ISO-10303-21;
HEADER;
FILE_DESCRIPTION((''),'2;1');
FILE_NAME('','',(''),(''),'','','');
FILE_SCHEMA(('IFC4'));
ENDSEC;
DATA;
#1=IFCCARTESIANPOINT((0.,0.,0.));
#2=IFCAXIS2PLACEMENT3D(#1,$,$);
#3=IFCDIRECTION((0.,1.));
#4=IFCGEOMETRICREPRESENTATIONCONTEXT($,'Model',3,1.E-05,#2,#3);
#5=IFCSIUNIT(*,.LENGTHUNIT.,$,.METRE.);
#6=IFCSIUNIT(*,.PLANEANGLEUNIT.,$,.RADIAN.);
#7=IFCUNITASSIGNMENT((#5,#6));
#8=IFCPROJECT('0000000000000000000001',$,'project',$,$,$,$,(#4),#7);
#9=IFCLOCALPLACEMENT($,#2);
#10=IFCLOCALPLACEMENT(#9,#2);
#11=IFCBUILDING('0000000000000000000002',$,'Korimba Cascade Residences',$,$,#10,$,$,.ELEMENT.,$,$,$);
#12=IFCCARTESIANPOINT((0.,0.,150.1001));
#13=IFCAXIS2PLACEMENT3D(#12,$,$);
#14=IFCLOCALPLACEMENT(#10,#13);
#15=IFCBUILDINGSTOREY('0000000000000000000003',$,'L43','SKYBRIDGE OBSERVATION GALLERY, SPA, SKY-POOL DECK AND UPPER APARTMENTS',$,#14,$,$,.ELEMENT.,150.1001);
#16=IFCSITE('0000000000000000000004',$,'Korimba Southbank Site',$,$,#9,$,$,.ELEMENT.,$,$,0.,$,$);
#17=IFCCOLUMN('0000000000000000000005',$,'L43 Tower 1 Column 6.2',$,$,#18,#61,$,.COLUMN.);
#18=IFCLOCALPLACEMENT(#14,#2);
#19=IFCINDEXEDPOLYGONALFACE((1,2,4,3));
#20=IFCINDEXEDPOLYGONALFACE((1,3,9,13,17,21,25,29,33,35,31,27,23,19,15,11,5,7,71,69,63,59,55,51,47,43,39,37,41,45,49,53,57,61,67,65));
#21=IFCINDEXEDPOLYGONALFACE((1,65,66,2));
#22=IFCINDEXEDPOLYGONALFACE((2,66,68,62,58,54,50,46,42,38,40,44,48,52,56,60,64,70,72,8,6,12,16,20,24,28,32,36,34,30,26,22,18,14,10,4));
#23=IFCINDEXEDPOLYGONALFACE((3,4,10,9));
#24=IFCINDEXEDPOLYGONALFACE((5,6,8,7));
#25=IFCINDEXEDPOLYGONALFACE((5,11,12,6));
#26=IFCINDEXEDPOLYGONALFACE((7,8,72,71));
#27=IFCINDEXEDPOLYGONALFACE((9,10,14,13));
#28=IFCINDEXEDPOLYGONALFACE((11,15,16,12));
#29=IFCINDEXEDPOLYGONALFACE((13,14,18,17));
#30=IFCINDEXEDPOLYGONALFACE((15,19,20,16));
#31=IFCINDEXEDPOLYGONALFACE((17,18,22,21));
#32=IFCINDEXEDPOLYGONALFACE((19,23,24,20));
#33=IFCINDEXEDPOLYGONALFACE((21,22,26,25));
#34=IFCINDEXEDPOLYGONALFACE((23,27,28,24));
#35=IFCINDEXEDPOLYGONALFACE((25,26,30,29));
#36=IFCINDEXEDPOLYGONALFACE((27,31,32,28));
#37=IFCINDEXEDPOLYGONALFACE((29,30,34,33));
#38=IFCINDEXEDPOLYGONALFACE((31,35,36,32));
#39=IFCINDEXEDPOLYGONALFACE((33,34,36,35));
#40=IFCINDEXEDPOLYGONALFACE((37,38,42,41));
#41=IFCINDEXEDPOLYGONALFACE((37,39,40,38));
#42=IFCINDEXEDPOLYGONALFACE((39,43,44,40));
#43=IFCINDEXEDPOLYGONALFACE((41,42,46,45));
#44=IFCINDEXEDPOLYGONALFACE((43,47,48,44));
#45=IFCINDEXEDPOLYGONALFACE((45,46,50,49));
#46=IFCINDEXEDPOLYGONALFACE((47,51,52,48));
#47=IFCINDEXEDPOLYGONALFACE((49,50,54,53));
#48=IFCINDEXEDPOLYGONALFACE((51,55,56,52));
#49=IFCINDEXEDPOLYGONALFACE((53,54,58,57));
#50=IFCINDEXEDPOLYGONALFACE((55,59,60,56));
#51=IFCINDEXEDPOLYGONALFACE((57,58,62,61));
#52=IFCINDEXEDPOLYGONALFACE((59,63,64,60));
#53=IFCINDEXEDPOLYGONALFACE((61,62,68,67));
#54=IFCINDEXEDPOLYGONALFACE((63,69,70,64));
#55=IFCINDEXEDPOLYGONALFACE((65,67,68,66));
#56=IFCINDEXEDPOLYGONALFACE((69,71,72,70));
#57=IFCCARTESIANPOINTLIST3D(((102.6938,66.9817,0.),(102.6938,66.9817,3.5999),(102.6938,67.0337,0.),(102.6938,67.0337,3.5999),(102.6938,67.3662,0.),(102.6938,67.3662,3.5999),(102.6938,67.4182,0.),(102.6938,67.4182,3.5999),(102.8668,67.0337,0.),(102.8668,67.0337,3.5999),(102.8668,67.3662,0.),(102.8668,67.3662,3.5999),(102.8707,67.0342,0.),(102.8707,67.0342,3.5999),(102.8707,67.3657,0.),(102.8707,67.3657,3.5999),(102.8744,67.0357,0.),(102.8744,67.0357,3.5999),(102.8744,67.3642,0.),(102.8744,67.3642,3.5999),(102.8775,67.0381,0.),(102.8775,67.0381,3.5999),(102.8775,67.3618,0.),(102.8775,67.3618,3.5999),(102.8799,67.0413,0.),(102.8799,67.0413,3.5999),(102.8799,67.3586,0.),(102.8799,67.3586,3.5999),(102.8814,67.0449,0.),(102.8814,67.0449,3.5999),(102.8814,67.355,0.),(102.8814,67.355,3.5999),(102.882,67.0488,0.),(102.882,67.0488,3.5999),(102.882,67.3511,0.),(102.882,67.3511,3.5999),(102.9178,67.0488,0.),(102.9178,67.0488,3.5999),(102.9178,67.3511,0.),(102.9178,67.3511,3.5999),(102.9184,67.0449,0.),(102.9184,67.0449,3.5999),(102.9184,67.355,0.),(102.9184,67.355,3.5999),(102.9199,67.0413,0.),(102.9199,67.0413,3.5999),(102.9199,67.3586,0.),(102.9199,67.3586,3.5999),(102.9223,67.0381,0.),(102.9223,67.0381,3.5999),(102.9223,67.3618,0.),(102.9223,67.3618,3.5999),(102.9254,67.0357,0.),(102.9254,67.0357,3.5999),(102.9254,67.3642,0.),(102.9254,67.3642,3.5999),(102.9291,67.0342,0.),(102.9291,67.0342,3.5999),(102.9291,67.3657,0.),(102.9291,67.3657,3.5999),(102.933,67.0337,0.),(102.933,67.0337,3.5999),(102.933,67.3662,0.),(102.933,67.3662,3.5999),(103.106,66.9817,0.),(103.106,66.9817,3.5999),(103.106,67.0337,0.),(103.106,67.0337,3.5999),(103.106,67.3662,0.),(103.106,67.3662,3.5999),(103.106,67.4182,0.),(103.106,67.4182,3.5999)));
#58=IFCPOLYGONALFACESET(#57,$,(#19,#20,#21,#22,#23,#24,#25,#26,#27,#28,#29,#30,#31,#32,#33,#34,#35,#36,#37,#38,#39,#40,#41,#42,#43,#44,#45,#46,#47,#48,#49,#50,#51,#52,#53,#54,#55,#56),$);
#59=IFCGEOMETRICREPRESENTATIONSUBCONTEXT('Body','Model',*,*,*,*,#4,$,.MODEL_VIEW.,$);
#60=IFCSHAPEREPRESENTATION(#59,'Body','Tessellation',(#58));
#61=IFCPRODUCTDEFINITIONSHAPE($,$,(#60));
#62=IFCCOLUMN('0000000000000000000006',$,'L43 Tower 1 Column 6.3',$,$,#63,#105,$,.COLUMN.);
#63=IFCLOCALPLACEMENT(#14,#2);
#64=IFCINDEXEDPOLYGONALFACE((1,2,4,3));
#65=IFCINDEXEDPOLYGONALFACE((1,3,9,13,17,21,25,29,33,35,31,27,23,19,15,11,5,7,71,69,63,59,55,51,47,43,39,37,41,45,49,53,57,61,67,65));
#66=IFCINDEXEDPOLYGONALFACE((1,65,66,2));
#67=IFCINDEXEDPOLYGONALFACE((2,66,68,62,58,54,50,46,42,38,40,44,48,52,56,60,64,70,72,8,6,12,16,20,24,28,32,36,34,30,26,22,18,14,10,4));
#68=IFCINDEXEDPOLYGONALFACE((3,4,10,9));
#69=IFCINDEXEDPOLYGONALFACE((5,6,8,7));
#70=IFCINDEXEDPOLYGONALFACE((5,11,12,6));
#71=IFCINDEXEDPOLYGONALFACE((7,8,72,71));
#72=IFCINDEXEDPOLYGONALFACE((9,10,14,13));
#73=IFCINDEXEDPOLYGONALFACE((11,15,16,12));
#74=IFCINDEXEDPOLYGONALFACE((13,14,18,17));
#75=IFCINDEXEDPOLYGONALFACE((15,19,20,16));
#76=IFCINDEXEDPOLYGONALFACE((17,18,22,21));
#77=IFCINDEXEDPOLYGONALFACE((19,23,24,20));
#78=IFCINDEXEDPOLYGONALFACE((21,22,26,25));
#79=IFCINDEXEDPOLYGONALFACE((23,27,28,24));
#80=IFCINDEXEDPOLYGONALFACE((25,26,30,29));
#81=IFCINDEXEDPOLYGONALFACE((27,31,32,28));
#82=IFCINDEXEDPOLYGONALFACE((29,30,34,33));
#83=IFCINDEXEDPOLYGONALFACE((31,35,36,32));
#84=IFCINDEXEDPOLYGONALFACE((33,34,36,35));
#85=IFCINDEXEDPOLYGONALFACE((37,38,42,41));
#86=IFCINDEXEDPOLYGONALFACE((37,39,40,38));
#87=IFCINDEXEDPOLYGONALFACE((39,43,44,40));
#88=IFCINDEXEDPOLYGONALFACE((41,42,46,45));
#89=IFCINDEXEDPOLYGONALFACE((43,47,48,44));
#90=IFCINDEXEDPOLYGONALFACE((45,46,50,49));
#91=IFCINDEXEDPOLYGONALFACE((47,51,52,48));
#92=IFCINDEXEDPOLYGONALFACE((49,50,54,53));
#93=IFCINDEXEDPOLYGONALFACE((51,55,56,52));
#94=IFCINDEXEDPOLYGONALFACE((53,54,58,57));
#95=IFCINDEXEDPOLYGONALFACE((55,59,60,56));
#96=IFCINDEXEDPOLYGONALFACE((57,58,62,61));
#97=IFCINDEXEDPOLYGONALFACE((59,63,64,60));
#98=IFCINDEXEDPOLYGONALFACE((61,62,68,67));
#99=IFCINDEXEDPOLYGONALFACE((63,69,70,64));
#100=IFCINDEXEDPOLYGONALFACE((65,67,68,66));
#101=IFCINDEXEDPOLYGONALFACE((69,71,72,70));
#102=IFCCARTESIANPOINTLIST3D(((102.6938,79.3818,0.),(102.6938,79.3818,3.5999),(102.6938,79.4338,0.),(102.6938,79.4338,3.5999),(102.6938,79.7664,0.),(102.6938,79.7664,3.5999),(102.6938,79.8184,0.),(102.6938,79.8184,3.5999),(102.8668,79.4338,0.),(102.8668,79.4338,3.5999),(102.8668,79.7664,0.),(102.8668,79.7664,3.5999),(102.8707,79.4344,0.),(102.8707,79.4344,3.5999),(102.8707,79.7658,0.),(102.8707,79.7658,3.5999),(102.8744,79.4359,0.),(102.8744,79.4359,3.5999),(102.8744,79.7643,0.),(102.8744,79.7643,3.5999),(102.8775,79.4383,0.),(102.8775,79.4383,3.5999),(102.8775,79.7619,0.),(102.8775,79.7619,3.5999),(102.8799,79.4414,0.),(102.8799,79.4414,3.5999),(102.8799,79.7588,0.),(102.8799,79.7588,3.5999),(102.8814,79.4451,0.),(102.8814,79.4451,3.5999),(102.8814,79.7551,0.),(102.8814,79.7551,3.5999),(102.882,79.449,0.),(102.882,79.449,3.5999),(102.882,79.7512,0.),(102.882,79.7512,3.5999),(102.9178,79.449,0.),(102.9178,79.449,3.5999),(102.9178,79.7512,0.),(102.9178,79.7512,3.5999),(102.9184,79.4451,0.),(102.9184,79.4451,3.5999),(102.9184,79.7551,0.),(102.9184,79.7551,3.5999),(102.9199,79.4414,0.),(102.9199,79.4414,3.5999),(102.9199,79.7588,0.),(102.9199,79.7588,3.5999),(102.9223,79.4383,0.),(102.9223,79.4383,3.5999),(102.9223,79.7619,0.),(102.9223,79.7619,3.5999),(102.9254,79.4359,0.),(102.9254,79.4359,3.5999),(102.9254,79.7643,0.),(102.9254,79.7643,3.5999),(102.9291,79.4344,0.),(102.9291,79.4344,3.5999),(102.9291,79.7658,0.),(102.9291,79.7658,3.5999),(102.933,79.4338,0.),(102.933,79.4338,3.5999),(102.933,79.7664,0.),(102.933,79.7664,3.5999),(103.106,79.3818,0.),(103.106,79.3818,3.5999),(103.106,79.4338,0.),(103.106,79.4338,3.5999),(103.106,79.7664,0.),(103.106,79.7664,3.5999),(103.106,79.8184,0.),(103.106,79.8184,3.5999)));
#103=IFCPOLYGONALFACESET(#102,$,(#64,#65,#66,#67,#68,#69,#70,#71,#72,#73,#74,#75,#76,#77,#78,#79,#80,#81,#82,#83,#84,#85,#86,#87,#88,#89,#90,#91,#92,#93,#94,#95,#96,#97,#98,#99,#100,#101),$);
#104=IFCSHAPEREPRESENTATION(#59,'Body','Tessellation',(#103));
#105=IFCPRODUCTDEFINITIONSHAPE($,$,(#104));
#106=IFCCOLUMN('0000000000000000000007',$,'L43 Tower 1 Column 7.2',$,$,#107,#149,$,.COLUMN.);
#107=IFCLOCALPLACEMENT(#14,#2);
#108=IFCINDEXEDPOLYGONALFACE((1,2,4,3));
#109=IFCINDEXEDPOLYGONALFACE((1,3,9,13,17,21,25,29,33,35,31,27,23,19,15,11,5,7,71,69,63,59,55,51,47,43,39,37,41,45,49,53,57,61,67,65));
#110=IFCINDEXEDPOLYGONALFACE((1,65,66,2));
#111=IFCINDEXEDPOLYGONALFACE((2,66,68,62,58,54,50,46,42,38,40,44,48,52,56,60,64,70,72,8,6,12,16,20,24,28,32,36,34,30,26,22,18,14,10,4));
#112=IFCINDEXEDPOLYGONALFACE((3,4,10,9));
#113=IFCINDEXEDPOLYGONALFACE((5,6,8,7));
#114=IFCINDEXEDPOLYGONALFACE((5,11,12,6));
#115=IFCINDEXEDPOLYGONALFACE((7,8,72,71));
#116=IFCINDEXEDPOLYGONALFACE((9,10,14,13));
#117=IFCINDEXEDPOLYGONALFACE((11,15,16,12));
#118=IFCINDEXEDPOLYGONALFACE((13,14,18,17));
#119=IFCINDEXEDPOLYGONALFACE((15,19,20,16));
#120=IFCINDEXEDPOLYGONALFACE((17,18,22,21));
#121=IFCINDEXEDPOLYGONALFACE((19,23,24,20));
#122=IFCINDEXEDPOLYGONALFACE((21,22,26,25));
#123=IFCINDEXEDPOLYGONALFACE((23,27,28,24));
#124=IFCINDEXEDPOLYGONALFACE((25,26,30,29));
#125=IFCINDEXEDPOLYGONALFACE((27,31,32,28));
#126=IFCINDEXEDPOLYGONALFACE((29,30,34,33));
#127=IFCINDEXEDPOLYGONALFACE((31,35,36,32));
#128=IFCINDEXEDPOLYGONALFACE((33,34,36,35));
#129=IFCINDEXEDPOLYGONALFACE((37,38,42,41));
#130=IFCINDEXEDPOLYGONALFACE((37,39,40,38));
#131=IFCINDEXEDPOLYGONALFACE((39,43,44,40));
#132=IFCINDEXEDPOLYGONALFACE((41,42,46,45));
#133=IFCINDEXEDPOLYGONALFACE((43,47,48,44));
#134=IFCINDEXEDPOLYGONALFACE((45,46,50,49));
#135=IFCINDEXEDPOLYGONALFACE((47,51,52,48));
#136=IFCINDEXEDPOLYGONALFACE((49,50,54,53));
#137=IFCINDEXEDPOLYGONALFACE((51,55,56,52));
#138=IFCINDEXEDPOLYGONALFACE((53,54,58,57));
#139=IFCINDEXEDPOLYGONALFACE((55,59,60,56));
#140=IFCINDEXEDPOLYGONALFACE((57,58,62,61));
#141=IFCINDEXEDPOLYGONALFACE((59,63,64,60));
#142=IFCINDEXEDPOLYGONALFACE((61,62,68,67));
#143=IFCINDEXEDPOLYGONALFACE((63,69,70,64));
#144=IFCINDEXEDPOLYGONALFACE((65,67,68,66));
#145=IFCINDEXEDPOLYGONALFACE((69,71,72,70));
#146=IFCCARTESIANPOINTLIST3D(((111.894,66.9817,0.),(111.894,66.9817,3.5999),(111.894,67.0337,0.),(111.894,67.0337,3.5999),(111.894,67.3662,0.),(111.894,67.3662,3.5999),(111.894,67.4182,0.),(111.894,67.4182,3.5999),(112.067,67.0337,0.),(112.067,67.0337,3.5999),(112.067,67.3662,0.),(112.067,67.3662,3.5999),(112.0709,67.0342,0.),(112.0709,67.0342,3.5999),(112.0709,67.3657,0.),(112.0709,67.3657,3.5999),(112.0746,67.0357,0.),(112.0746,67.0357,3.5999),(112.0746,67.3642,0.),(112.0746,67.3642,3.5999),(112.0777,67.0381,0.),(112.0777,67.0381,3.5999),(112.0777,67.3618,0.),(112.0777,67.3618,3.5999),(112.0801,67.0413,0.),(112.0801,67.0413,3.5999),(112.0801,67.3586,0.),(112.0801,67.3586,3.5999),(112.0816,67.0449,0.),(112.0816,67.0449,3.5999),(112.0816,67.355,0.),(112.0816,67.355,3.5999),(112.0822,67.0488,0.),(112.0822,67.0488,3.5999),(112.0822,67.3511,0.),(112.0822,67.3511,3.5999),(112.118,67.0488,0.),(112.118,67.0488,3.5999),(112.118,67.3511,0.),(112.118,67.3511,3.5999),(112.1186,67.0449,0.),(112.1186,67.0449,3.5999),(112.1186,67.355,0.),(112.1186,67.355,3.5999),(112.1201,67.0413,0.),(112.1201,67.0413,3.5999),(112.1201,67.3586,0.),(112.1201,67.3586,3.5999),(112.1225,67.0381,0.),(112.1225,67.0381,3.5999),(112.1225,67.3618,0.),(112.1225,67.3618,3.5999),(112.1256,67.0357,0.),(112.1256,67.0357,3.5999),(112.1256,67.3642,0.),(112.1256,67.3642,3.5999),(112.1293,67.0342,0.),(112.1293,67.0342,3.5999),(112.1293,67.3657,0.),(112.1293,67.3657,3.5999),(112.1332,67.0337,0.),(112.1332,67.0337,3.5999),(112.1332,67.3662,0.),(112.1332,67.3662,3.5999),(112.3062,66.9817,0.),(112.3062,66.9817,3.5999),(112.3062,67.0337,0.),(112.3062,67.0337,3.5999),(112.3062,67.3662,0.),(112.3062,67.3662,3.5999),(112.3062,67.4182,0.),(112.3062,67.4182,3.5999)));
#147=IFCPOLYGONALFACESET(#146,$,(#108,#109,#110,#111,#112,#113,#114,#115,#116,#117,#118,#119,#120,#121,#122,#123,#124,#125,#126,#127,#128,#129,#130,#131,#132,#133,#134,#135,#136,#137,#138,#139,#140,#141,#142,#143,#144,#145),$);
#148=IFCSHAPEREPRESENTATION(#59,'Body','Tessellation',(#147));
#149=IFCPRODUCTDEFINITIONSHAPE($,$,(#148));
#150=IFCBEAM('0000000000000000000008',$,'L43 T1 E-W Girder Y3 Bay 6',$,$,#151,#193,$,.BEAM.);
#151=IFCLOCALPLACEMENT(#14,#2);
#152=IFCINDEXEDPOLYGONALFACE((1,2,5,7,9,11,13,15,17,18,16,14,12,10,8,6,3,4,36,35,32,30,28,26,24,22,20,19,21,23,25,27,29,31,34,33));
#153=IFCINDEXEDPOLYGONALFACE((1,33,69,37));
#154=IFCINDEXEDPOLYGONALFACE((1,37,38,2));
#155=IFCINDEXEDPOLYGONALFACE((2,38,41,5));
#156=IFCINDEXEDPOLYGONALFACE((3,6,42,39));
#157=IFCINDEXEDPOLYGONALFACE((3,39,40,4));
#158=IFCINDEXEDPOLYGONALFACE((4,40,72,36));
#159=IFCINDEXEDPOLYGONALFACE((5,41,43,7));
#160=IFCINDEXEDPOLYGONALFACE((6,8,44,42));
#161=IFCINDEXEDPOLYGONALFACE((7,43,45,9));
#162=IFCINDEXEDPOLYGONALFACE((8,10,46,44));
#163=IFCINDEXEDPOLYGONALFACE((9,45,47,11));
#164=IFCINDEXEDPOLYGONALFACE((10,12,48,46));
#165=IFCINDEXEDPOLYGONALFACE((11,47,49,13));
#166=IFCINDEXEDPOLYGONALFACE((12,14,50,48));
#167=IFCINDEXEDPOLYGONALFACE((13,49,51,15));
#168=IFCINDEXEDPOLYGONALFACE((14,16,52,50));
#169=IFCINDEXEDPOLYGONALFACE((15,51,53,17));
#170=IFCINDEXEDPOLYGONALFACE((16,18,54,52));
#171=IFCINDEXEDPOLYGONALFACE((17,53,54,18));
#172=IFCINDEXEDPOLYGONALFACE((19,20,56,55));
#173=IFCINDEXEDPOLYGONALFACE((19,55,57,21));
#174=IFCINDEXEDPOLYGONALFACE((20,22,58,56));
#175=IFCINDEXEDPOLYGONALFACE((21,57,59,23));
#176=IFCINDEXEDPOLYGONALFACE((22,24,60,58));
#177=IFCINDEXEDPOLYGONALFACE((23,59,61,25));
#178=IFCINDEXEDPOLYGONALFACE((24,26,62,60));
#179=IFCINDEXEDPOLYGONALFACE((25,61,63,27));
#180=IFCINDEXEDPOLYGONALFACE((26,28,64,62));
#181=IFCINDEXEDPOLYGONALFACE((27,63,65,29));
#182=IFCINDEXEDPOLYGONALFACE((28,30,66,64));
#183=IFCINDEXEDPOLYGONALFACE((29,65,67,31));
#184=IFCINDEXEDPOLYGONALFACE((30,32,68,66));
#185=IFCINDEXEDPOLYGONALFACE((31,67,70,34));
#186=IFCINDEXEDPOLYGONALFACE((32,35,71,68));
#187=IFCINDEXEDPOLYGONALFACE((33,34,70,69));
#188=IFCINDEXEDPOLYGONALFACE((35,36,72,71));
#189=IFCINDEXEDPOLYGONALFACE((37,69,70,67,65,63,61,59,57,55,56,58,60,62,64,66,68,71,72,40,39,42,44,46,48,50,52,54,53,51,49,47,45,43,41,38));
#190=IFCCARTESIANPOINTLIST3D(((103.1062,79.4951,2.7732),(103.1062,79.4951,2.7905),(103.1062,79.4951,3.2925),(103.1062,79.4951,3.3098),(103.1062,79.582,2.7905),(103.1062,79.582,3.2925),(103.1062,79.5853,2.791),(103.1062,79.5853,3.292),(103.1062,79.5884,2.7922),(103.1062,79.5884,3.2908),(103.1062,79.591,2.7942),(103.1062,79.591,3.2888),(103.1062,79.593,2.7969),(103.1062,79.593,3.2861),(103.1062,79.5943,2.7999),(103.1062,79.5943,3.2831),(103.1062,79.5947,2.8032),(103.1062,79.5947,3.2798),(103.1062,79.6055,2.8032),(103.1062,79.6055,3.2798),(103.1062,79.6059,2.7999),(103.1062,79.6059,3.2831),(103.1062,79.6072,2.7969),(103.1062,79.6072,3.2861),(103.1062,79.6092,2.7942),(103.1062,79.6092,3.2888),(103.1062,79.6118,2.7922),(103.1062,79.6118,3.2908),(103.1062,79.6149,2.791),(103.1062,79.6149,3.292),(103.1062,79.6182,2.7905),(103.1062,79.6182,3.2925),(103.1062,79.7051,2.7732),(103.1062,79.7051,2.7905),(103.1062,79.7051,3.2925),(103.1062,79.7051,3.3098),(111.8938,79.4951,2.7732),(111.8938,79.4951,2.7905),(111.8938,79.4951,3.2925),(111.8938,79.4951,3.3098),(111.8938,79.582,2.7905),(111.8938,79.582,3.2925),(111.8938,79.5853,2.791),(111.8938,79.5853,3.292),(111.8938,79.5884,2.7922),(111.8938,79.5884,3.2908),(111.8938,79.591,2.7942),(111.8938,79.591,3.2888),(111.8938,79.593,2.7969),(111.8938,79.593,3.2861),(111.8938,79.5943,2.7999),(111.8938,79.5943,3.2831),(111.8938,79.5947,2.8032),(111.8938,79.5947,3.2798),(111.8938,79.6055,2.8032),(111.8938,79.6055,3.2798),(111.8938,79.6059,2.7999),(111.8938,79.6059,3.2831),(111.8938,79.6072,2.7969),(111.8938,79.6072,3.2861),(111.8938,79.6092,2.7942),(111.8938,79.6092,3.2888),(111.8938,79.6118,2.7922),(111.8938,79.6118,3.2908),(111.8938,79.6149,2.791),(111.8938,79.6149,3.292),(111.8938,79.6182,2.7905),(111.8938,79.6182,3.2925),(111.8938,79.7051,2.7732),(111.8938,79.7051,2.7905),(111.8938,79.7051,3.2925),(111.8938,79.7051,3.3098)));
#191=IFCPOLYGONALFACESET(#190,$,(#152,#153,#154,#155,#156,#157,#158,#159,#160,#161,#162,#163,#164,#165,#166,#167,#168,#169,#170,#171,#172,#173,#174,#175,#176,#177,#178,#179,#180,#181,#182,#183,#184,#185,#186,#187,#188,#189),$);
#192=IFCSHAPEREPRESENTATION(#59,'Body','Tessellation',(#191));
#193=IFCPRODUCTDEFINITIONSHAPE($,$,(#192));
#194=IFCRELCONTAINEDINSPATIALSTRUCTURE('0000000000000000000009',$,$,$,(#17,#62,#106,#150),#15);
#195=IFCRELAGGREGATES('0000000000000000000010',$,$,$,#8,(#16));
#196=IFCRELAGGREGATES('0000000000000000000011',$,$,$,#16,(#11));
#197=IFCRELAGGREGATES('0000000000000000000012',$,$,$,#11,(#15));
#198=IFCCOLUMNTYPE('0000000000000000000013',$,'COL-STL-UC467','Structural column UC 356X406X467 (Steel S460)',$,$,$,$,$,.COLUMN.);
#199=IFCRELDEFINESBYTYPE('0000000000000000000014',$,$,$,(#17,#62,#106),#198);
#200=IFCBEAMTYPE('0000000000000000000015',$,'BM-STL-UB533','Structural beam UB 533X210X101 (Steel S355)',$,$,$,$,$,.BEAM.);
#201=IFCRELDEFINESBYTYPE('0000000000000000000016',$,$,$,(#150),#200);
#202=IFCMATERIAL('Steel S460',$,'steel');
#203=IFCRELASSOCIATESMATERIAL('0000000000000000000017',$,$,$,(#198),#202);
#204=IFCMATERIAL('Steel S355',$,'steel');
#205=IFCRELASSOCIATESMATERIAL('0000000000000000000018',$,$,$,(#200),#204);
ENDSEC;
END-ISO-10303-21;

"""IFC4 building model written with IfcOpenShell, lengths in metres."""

from ifc_helpers import new_model, si_unit, direction, frame, origin, origin_2d, place, context, subcontext, project, spatial, i_section, extrude, material, material_profile, profile_set, type_object, element, save


model = new_model("IFC4")

# Units and contexts
model_context = context("Model", 3, precision=1e-05, world=origin(), true_north=direction((0.0, 1.0)))
body_context = subcontext(model_context, "Body", "Model", "MODEL_VIEW")
ifc_project = project(units=[si_unit("LENGTHUNIT", "METRE"), si_unit("PLANEANGLEUNIT", "RADIAN")], contexts=[model_context])

# Site, building, storey
site_placement = place(None, origin())
site = spatial("IfcSite", under=ifc_project, at=site_placement, Name="Korimba Southbank Site", CompositionType="ELEMENT", RefElevation=0.0)
building_placement = place(site_placement, origin())
building = spatial("IfcBuilding", under=site, at=building_placement, Name="Korimba Cascade Residences", CompositionType="ELEMENT")
storey_placement = place(building_placement, frame((0.0, 0.0, 150.1001)))
storey = spatial("IfcBuildingStorey", under=building, at=storey_placement, Name="L43", Description="SKYBRIDGE OBSERVATION GALLERY, SPA, SKY-POOL DECK AND UPPER APARTMENTS", CompositionType="ELEMENT", Elevation=150.1001)

# Columns
ifc_material_1 = material(Name="Steel S460", Category="steel")
ifc_material_profile_1 = material_profile(ifc_material_1, i_section(OverallWidth=0.4121, OverallDepth=0.4365, WebThickness=0.0359, FlangeThickness=0.052, FilletRadius=0.0151, at=origin_2d()), Name="Steel S460")
ifc_profile_set_1 = profile_set([ifc_material_profile_1], Name="Steel S460")
column_type = type_object("IfcColumnType", Name="COL-STL-UC467", Description="Structural column UC 356X406X467 (Steel S460)", PredefinedType="COLUMN", material=ifc_profile_set_1)
for number, where, z_axis, x_axis, name in (
    (1, (102.8999, 67.2, 0.0), (0.0, 0.0, 1.0), (1.0, 0.0, 0.0), "L43 Tower 1 Column 6.2"),
    (2, (102.8999, 79.6001, 0.0), (0.0, 0.0, 1.0), (1.0, 0.0, 0.0), "L43 Tower 1 Column 6.3"),
    (3, (112.1001, 67.2, 0.0), (0.0, 0.0, 1.0), (1.0, 0.0, 0.0), "L43 Tower 1 Column 7.2"),
):
    element("IfcColumn", number, at=place(storey_placement, frame(where, z_axis=z_axis, x_axis=x_axis)), inside=storey, type_object=column_type, Name=name, PredefinedType="COLUMN", context=body_context, shape_type="SweptSolid", body=[
        extrude(i_section(OverallWidth=0.4121, OverallDepth=0.4365, WebThickness=0.0359, FlangeThickness=0.052, FilletRadius=0.0151, at=origin_2d()), origin(), (0.0, 0.0, 1.0), 3.5999),
    ])

# Beam
ifc_material_2 = material(Name="Steel S355", Category="steel")
ifc_material_profile_2 = material_profile(ifc_material_2, i_section(OverallWidth=0.21, OverallDepth=0.5366, WebThickness=0.0107, FlangeThickness=0.0173, FilletRadius=0.0127, at=origin_2d()), Name="Steel S355")
ifc_profile_set_2 = profile_set([ifc_material_profile_2], Name="Steel S355")
beam_type_1 = type_object("IfcBeamType", Name="BM-STL-UB533", Description="Structural beam UB 533X210X101 (Steel S355)", PredefinedType="BEAM", material=ifc_profile_set_2)
beam_placement = place(storey_placement, frame((103.1062, 79.6001, 3.0415), z_axis=(1.0, 0.0, 0.0), x_axis=(0.0, 1.0, 0.0)))
element("IfcBeam", 4, at=beam_placement, inside=storey, type_object=beam_type_1, Name="L43 T1 E-W Girder Y3 Bay 6", PredefinedType="BEAM", context=body_context, shape_type="SweptSolid", body=[
    extrude(i_section(OverallWidth=0.21, OverallDepth=0.5366, WebThickness=0.0107, FlangeThickness=0.0173, FilletRadius=0.0127, at=origin_2d()), origin(), (0.0, 0.0, 1.0), 8.7876),
])

save(model, "model.ifc")
